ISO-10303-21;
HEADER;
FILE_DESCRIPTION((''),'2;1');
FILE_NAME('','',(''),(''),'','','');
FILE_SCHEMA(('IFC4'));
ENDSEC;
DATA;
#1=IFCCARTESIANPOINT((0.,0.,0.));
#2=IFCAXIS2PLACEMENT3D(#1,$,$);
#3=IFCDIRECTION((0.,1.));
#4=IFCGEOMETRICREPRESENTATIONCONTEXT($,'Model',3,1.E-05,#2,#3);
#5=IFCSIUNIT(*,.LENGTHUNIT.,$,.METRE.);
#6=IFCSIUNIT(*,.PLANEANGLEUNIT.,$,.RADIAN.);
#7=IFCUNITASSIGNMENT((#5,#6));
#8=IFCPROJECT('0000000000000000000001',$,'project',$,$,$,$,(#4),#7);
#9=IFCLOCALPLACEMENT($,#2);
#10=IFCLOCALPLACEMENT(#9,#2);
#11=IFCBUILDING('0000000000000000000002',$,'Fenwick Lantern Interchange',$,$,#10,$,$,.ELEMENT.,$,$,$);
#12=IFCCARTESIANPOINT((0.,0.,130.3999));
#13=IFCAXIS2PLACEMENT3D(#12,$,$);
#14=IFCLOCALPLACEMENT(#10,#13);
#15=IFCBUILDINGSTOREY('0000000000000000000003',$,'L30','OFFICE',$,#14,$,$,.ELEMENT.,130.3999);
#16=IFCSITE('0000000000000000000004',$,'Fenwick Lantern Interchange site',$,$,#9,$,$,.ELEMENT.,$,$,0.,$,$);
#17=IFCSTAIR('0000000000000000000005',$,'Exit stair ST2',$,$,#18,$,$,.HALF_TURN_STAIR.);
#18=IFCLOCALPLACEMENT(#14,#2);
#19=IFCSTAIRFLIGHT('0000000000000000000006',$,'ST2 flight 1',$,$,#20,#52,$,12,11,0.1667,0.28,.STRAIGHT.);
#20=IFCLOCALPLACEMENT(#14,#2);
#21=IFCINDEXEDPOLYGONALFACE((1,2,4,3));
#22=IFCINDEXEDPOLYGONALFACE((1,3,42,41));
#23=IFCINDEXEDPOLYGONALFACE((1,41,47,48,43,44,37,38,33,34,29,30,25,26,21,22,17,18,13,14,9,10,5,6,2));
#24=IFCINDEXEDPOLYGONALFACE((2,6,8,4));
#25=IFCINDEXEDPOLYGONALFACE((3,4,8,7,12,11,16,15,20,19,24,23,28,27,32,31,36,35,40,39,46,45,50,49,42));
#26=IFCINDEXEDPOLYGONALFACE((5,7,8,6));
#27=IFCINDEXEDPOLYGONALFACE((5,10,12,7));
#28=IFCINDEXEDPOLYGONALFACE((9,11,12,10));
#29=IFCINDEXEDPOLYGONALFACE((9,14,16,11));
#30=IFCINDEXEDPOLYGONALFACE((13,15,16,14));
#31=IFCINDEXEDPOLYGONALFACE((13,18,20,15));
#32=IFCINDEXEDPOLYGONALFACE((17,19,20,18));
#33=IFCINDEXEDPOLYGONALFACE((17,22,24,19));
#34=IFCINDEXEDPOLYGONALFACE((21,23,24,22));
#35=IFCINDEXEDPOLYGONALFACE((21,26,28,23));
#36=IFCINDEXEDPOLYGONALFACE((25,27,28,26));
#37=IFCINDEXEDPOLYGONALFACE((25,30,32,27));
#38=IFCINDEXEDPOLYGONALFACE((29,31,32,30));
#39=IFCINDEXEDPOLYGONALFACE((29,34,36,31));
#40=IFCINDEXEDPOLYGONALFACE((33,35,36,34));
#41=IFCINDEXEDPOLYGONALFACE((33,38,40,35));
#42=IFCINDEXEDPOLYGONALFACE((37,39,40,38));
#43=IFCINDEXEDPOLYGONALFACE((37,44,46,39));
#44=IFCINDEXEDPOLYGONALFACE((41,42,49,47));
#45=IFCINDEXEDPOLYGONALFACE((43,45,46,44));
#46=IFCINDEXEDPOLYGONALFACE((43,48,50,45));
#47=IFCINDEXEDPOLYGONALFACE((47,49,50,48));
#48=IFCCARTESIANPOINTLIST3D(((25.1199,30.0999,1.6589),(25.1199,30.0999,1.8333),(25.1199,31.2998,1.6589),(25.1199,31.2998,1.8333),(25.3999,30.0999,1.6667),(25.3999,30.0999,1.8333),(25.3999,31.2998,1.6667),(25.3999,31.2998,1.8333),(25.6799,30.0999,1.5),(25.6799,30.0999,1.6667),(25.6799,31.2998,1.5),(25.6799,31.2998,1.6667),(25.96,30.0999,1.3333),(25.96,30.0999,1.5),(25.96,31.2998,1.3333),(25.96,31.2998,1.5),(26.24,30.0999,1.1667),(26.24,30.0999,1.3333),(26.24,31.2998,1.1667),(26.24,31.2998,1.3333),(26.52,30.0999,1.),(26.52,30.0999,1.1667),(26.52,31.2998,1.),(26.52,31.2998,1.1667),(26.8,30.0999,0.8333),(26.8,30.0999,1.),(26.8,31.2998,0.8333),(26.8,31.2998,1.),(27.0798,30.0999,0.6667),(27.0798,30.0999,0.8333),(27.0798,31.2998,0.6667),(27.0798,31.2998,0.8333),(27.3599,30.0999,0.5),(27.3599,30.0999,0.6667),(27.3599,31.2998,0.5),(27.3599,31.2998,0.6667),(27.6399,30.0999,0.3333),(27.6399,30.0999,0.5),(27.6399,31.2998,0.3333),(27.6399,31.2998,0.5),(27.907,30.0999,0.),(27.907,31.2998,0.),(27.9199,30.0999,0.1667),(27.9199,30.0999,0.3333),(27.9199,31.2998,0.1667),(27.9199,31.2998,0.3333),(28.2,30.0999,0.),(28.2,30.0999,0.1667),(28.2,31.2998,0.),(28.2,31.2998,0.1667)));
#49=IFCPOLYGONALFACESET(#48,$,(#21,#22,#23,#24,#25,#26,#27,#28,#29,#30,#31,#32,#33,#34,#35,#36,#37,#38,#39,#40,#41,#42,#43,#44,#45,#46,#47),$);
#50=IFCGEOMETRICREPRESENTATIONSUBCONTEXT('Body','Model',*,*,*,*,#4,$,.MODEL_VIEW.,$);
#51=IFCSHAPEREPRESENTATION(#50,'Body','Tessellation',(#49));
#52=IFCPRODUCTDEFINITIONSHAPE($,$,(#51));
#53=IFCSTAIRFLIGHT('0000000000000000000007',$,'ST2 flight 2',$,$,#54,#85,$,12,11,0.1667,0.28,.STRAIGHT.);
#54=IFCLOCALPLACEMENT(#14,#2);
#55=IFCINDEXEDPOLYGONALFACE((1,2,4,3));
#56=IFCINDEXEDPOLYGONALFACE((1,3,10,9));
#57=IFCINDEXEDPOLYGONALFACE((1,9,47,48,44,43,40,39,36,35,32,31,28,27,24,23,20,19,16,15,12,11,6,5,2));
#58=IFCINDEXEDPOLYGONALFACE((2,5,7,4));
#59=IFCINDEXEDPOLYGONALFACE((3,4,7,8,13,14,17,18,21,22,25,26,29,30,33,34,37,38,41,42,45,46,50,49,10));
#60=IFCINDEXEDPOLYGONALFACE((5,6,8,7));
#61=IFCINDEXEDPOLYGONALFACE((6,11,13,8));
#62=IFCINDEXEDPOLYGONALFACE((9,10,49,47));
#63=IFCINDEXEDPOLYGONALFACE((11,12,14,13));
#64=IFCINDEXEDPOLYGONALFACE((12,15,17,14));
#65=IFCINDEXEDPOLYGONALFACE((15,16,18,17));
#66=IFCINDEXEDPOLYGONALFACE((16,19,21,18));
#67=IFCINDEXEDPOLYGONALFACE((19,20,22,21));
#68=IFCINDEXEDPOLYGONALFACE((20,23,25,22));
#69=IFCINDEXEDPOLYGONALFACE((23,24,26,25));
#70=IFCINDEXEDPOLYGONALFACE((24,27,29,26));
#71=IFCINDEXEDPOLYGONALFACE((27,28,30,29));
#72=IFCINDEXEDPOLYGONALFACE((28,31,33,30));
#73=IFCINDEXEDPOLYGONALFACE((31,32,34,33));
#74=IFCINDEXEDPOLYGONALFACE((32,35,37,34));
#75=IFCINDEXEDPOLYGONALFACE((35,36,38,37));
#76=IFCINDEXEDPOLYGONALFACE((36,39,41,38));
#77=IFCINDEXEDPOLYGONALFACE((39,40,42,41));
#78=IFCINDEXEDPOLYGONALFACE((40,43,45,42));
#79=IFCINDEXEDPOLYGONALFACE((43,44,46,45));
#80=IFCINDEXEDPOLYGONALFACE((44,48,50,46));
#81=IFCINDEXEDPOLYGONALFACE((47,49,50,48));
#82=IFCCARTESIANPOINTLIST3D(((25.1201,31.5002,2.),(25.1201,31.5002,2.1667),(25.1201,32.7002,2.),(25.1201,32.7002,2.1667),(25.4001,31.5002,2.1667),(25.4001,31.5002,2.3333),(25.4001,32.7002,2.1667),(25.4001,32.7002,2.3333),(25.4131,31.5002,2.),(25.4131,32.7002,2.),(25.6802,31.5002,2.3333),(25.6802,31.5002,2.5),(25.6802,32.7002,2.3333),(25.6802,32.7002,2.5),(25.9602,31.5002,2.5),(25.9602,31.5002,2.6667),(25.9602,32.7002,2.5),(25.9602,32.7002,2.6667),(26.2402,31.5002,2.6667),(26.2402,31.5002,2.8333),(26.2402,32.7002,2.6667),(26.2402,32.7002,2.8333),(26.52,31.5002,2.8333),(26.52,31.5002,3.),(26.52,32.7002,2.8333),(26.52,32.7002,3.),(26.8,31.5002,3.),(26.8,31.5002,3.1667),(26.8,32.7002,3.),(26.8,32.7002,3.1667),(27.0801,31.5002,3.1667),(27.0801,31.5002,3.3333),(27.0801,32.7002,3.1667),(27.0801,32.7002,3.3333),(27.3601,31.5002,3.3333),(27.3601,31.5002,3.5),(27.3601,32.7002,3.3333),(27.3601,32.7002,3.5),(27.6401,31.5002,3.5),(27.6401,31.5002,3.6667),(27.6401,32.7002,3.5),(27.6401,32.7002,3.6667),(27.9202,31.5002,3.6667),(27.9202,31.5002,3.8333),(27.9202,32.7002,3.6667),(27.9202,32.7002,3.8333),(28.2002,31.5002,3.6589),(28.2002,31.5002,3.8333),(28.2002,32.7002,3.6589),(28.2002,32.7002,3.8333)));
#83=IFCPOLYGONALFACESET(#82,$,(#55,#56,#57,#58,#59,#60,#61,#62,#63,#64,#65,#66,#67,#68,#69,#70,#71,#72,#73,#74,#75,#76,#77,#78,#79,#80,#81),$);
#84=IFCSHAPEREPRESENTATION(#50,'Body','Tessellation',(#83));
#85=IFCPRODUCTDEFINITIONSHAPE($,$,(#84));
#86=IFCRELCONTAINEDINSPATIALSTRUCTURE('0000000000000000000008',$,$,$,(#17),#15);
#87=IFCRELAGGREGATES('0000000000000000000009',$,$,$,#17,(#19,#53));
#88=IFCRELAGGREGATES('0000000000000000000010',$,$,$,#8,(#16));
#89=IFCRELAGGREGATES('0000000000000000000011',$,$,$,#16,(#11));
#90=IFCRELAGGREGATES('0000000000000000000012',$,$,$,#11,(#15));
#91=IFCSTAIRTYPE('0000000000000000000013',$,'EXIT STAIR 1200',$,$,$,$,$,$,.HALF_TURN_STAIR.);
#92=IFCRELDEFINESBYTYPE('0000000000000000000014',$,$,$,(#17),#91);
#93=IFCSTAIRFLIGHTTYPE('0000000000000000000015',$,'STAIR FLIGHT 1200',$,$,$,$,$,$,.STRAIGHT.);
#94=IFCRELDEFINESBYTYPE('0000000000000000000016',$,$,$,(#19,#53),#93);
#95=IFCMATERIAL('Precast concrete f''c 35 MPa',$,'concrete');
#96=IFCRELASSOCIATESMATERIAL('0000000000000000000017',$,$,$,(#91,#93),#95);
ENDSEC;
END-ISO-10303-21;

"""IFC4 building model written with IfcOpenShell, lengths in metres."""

from ifc_helpers import new_model, si_unit, direction, frame, origin, place, context, subcontext, project, spatial, polyline, outline, extrude, material, type_object, element, aggregate, save


model = new_model("IFC4")

# Units and contexts
model_context = context("Model", 3, precision=1e-05, world=origin(), true_north=direction((0.0, 1.0)))
body_context = subcontext(model_context, "Body", "Model", "MODEL_VIEW")
ifc_project = project(units=[si_unit("LENGTHUNIT", "METRE"), si_unit("PLANEANGLEUNIT", "RADIAN")], contexts=[model_context])

# Site, building, storey
site_placement = place(None, origin())
site = spatial("IfcSite", under=ifc_project, at=site_placement, Name="Fenwick Lantern Interchange site", CompositionType="ELEMENT", RefElevation=0.0)
building_placement = place(site_placement, origin())
building = spatial("IfcBuilding", under=site, at=building_placement, Name="Fenwick Lantern Interchange", CompositionType="ELEMENT")
storey_placement = place(building_placement, frame((0.0, 0.0, 130.3999)))
storey = spatial("IfcBuildingStorey", under=building, at=storey_placement, Name="L30", Description="OFFICE", CompositionType="ELEMENT", Elevation=130.3999)

# Stair, stair flights
ifc_material_1 = material(Name="Precast concrete f'c 35 MPa", Category="concrete")
stair_type = type_object("IfcStairType", Name="EXIT STAIR 1200", PredefinedType="HALF_TURN_STAIR", material=ifc_material_1)
stair_placement = place(storey_placement, origin())
stair = element("IfcStair", 1, at=stair_placement, inside=storey, type_object=stair_type, Name="Exit stair ST2", PredefinedType="HALF_TURN_STAIR")
stair_flight_type = type_object("IfcStairFlightType", Name="STAIR FLIGHT 1200", PredefinedType="STRAIGHT", material=ifc_material_1)
stair_flight_1_placement = place(storey_placement, frame((28.2, 30.7, 0.0), z_axis=(0.0, 0.0, 1.0), x_axis=(-1.0, 0.0, 0.0)))
stair_flight_1 = element("IfcStairFlight", 2, at=stair_flight_1_placement, type_object=stair_flight_type, Name="ST2 flight 1", NumberOfRisers=12, NumberOfTreads=11, PredefinedType="STRAIGHT", RiserHeight=0.1667, TreadLength=0.28, context=body_context, shape_type="SweptSolid", body=[
    extrude(outline(polyline([(0.0, 0.0), (0.0, 0.1667), (0.28, 0.1667), (0.28, 0.3333), (0.5601, 0.3333), (0.5601, 0.5), (0.8401, 0.5), (0.8401, 0.6667), (1.1201, 0.6667), (1.1201, 0.8333), (1.3999, 0.8333), (1.3999, 1.0), (1.6799, 1.0), (1.6799, 1.1667), (1.96, 1.1667), (1.96, 1.3333), (2.24, 1.3333), (2.24, 1.5), (2.52, 1.5), (2.52, 1.6667), (2.8, 1.6667), (2.8, 1.8333), (3.0801, 1.8333), (3.0801, 2.0), (3.0801, 1.6589), (0.293, 0.0), (0.0, 0.0)])), frame((0.0, 0.6001, 0.0), z_axis=(0.0, -1.0, 0.0), x_axis=(1.0, 0.0, 0.0)), (0.0, 0.0, 1.0), 1.2),
])
stair_flight_2_placement = place(storey_placement, frame((25.1201, 32.1001, 2.0), z_axis=(0.0, 0.0, 1.0), x_axis=(1.0, 0.0, 0.0)))
stair_flight_2 = element("IfcStairFlight", 3, at=stair_flight_2_placement, type_object=stair_flight_type, Name="ST2 flight 2", NumberOfRisers=12, NumberOfTreads=11, PredefinedType="STRAIGHT", RiserHeight=0.1667, TreadLength=0.28, context=body_context, shape_type="SweptSolid", body=[
    extrude(outline(polyline([(0.0, 0.0), (0.0, 0.1667), (0.28, 0.1667), (0.28, 0.3333), (0.5601, 0.3333), (0.5601, 0.5), (0.8401, 0.5), (0.8401, 0.6667), (1.1201, 0.6667), (1.1201, 0.8333), (1.3999, 0.8333), (1.3999, 1.0), (1.6799, 1.0), (1.6799, 1.1667), (1.96, 1.1667), (1.96, 1.3333), (2.24, 1.3333), (2.24, 1.5), (2.52, 1.5), (2.52, 1.6667), (2.8, 1.6667), (2.8, 1.8333), (3.0801, 1.8333), (3.0801, 2.0), (3.0801, 1.6589), (0.293, 0.0), (0.0, 0.0)])), frame((0.0, 0.6001, 0.0), z_axis=(0.0, -1.0, 0.0), x_axis=(1.0, 0.0, 0.0)), (0.0, 0.0, 1.0), 1.2),
])
aggregate(stair, [stair_flight_1, stair_flight_2])

save(model, "model.ifc")
